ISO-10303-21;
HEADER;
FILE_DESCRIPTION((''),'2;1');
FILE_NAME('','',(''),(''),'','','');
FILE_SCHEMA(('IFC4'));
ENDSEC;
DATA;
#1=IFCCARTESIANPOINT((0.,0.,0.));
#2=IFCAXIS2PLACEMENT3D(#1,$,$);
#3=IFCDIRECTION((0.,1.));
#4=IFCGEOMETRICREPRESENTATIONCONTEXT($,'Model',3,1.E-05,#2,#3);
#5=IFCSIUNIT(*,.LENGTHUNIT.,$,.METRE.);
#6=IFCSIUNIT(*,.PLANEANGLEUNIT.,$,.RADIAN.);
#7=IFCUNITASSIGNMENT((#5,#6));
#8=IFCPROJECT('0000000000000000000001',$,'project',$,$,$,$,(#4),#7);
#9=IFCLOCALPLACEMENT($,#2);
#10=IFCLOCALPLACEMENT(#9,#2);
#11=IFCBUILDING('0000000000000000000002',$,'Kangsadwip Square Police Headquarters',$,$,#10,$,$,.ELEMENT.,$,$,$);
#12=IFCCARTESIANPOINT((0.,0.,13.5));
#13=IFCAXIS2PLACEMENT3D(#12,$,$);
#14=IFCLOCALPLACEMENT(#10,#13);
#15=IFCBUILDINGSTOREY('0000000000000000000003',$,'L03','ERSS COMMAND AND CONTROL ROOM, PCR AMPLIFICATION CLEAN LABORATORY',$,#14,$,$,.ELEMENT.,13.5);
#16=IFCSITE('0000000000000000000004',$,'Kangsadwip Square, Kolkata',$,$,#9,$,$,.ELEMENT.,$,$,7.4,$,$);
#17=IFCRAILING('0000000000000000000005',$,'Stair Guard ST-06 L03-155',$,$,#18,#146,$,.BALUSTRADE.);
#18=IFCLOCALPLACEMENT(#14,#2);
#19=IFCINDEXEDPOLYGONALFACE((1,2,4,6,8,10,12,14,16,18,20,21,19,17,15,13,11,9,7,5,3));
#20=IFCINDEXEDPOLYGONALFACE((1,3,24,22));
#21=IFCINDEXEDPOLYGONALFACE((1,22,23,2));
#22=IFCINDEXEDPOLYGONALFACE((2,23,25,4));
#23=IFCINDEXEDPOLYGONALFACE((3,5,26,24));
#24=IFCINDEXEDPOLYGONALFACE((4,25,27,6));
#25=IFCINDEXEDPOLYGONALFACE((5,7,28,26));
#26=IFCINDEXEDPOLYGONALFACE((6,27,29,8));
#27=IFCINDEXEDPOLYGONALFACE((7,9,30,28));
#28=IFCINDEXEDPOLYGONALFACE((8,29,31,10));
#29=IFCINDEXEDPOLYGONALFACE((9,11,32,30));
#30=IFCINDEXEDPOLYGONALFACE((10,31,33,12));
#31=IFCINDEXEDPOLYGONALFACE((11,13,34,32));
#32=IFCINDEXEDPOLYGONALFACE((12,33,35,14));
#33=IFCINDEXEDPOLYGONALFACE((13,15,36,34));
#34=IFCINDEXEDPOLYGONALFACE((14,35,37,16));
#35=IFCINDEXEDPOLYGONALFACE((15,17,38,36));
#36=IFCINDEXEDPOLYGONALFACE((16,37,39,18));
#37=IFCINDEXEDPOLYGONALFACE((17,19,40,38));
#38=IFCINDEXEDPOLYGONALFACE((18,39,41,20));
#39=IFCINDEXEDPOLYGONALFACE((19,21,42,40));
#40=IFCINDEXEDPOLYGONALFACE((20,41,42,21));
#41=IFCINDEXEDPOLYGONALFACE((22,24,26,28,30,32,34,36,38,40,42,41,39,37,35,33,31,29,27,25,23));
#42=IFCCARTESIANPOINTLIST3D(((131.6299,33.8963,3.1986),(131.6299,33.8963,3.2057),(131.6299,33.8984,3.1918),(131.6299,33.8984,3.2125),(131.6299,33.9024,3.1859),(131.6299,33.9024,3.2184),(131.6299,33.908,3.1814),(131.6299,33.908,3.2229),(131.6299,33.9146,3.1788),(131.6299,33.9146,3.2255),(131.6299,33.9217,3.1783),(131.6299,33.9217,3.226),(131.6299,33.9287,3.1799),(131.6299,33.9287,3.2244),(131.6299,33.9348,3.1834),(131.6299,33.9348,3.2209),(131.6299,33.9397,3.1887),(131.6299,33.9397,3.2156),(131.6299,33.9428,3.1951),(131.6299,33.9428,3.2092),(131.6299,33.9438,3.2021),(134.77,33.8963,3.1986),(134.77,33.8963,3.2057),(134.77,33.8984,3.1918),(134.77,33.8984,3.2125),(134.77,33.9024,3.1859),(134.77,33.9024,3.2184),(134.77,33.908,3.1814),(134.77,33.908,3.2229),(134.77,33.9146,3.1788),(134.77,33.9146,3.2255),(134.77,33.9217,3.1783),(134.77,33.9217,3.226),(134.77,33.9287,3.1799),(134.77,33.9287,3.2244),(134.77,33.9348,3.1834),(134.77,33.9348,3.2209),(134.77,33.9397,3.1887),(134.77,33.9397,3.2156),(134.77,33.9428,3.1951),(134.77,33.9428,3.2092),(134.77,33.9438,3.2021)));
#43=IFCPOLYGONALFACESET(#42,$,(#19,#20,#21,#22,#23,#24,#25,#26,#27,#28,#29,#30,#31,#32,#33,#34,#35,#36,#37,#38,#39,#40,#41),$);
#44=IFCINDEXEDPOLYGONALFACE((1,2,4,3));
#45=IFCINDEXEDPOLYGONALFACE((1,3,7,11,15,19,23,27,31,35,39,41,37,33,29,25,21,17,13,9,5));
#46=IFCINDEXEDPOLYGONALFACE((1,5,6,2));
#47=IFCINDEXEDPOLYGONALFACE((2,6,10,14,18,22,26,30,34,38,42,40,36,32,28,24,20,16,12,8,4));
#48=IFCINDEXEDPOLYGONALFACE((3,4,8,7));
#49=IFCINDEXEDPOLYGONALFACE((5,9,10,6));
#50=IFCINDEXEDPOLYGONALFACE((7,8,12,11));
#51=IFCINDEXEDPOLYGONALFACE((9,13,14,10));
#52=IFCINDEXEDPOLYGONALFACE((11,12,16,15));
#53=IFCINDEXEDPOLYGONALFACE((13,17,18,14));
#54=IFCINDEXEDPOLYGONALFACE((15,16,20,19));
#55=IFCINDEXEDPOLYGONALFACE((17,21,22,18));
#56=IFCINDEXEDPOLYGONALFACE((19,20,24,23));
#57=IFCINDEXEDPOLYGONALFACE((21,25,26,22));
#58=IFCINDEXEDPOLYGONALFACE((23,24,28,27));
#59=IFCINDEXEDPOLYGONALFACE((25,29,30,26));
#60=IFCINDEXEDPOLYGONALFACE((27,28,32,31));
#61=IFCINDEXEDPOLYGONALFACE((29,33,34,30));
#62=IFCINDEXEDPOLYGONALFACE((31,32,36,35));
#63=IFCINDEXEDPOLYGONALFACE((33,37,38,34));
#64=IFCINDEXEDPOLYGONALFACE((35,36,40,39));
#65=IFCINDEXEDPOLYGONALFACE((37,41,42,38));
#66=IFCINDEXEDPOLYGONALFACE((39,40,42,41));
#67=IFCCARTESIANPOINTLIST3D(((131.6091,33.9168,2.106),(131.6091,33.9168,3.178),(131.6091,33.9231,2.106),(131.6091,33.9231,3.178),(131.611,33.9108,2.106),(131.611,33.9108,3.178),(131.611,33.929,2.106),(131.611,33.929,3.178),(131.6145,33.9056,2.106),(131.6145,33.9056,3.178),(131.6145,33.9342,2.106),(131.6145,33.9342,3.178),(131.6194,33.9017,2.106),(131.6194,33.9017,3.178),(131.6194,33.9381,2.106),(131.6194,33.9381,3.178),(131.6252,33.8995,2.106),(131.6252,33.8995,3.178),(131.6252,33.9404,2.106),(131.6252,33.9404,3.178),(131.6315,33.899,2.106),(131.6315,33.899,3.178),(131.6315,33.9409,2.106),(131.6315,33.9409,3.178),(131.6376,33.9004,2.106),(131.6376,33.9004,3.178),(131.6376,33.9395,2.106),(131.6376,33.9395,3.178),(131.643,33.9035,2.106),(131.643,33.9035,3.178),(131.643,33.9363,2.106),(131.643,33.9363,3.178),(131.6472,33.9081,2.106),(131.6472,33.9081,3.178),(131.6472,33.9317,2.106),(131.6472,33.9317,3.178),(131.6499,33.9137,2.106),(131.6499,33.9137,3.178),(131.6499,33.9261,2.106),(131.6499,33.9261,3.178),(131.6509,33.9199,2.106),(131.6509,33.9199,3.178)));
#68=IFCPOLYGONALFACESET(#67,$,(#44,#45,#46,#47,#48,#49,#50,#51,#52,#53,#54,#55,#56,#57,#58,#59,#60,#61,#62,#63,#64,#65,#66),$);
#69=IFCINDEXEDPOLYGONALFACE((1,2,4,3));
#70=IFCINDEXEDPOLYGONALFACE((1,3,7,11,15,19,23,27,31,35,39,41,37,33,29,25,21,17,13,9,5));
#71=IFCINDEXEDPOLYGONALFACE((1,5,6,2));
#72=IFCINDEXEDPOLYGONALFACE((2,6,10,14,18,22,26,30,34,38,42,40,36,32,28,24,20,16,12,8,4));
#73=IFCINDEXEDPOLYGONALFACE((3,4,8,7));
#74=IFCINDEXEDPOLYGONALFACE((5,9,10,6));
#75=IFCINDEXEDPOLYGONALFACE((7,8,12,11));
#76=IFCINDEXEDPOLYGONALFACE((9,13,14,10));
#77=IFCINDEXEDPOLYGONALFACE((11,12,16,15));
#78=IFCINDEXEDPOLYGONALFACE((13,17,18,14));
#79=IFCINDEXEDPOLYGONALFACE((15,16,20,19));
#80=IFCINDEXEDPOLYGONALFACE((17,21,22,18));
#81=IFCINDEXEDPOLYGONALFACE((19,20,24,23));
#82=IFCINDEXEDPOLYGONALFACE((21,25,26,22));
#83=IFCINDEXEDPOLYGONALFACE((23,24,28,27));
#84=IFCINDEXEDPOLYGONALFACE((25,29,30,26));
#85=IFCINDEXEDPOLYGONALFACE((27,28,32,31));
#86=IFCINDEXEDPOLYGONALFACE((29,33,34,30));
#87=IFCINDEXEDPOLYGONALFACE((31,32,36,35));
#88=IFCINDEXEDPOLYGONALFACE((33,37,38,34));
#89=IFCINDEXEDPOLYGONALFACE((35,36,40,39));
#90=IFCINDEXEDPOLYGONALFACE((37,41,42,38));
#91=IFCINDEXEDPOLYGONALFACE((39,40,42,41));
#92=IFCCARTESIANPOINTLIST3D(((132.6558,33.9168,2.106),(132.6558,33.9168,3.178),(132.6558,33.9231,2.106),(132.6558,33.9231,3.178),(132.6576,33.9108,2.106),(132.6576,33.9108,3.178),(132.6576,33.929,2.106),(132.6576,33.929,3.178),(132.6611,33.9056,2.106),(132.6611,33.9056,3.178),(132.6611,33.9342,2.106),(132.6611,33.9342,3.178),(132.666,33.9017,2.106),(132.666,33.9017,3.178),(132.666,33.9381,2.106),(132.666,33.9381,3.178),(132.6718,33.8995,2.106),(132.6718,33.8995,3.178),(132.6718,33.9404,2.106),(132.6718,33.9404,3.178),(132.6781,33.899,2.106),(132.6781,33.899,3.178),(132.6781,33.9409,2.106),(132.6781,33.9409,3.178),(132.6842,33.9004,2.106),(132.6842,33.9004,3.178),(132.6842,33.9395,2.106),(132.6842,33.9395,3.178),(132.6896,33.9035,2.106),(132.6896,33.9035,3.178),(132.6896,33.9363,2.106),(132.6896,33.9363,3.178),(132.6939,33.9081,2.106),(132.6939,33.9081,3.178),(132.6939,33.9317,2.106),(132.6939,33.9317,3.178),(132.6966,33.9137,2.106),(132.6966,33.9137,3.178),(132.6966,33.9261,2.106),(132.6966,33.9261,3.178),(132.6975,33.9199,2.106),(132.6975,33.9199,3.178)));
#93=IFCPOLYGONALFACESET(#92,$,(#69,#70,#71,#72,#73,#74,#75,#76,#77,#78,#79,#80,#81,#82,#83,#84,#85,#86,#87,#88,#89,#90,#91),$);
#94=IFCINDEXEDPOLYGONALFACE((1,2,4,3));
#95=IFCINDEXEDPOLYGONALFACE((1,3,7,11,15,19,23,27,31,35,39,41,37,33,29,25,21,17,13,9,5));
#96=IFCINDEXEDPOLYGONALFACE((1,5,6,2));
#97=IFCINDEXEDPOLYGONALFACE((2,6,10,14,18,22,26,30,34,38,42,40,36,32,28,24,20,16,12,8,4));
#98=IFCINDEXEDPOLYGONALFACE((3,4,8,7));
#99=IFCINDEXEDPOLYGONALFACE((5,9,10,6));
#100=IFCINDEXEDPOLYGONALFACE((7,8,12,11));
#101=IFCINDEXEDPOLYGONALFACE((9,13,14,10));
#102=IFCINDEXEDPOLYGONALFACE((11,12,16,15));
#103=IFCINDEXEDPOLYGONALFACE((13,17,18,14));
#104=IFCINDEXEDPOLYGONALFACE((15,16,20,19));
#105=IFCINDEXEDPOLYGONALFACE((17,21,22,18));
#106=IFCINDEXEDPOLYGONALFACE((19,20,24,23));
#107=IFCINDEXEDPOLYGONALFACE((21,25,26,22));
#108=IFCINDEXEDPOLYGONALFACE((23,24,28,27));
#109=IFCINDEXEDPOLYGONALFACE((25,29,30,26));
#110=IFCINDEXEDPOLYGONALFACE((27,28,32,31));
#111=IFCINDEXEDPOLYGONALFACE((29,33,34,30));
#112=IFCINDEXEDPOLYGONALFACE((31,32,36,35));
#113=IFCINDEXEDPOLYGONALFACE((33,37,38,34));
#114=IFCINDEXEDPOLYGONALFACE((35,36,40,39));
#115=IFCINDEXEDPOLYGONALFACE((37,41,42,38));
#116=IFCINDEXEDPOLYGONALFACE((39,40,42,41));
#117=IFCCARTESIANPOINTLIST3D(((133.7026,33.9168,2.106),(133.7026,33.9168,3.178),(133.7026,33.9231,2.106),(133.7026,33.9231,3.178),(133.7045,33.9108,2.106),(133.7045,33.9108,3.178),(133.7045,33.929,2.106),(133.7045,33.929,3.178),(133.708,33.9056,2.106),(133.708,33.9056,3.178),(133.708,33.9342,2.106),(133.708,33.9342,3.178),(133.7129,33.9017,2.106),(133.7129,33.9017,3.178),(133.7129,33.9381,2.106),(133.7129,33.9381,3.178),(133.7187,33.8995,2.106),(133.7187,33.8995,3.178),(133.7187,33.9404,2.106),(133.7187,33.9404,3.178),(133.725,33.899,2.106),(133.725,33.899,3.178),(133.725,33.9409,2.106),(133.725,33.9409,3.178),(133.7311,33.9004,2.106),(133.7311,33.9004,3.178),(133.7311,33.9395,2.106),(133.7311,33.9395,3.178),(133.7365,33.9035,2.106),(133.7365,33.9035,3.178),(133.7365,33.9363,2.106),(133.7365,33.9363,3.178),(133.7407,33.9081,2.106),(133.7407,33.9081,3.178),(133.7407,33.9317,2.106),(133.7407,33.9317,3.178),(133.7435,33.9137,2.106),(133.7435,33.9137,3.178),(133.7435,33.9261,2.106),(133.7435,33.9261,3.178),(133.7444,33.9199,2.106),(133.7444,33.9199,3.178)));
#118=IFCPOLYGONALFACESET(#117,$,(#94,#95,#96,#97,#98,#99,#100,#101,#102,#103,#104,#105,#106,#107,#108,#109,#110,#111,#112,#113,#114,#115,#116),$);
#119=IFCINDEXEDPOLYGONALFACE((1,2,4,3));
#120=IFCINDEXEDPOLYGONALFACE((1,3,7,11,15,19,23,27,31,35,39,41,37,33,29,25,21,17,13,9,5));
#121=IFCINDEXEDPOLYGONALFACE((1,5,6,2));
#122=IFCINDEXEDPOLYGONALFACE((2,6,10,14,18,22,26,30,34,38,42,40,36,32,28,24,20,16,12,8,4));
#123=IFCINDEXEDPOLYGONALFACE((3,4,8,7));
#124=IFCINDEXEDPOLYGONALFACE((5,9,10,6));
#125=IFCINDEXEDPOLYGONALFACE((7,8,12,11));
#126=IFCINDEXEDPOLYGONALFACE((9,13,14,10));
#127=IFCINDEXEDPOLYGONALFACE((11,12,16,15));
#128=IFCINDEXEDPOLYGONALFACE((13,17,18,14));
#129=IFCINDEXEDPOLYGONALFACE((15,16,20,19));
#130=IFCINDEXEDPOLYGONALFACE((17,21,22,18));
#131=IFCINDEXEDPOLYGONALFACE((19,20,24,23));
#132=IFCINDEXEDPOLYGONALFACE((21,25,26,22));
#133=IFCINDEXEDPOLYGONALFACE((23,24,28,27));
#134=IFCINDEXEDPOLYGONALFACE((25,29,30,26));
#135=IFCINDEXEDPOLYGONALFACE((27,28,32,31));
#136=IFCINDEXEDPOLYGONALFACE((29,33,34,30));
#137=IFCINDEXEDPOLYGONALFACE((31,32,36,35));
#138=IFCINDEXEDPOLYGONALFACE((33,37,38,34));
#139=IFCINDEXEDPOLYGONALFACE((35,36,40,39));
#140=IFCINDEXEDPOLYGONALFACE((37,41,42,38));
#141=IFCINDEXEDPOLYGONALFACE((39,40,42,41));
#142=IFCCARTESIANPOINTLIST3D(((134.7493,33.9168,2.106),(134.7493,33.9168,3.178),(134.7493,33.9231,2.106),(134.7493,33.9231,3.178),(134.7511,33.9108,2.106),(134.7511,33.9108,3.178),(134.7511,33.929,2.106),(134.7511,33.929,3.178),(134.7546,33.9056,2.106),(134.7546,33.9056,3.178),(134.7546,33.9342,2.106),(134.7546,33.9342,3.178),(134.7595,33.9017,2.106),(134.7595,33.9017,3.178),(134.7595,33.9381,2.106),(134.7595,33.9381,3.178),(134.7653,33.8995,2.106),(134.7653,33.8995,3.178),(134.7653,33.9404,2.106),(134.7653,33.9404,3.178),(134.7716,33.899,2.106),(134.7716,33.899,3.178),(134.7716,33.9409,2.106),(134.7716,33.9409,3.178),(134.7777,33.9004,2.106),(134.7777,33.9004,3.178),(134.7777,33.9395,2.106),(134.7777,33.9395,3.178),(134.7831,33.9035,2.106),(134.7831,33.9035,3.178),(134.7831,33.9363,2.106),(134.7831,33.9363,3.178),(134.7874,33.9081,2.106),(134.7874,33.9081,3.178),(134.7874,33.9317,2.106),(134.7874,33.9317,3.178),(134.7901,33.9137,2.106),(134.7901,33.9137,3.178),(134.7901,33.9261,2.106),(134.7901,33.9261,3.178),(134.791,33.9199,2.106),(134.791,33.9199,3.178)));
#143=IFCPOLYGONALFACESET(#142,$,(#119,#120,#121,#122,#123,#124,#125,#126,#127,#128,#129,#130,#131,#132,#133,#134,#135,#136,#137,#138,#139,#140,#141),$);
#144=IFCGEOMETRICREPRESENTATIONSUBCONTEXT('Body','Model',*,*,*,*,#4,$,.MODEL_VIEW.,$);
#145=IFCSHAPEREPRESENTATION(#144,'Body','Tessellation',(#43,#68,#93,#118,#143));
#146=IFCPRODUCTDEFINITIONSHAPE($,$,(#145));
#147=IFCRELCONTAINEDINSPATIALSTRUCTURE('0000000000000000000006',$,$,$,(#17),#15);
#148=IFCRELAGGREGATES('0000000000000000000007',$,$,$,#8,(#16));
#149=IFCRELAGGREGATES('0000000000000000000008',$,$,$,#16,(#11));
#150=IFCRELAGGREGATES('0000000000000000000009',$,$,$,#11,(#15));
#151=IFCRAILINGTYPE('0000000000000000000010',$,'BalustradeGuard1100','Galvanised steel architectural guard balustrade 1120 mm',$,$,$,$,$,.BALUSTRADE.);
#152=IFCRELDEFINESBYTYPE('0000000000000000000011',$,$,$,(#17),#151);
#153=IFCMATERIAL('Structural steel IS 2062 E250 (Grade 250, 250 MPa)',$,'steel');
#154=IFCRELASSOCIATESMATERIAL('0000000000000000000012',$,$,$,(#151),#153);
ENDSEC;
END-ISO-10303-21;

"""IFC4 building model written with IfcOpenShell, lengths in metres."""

from ifc_helpers import new_model, si_unit, direction, frame, origin, origin_2d, place, context, subcontext, project, spatial, circle, extrude, material, type_object, element, save


model = new_model("IFC4")

# Units and contexts
model_context = context("Model", 3, precision=1e-05, world=origin(), true_north=direction((0.0, 1.0)))
body_context = subcontext(model_context, "Body", "Model", "MODEL_VIEW")
ifc_project = project(units=[si_unit("LENGTHUNIT", "METRE"), si_unit("PLANEANGLEUNIT", "RADIAN")], contexts=[model_context])

# Site, building, storey
site_placement = place(None, origin())
site = spatial("IfcSite", under=ifc_project, at=site_placement, Name="Kangsadwip Square, Kolkata", CompositionType="ELEMENT", RefElevation=7.4)
building_placement = place(site_placement, origin())
building = spatial("IfcBuilding", under=site, at=building_placement, Name="Kangsadwip Square Police Headquarters", CompositionType="ELEMENT")
storey_placement = place(building_placement, frame((0.0, 0.0, 13.5)))
storey = spatial("IfcBuildingStorey", under=building, at=storey_placement, Name="L03", Description="ERSS COMMAND AND CONTROL ROOM, PCR AMPLIFICATION CLEAN LABORATORY", CompositionType="ELEMENT", Elevation=13.5)

# Railing
ifc_material_1 = material(Name="Structural steel IS 2062 E250 (Grade 250, 250 MPa)", Category="steel")
railing_type_1 = type_object("IfcRailingType", Name="BalustradeGuard1100", Description="Galvanised steel architectural guard balustrade 1120 mm", PredefinedType="BALUSTRADE", material=ifc_material_1)
for number, where, name in (
    (1, (131.6299, 33.9199, 2.106), "Stair Guard ST-06 L03-155"),
):
    element("IfcRailing", number, at=place(storey_placement, frame(where)), inside=storey, type_object=railing_type_1, Name=name, PredefinedType="BALUSTRADE", context=body_context, shape_type="SweptSolid", body=[
        extrude(circle(Radius=0.0239, at=origin_2d()), frame((0.0, 0.0, 1.0962), z_axis=(1.0, 0.0, 0.0), x_axis=(0.0, 1.0, 0.0)), (0.0, 0.0, 1.0), 3.1401),
        extrude(circle(Radius=0.021, at=origin_2d()), origin(), (0.0, 0.0, 1.0), 1.072),
        extrude(circle(Radius=0.021, at=origin_2d()), frame((1.0466, 0.0, 0.0)), (0.0, 0.0, 1.0), 1.072),
        extrude(circle(Radius=0.021, at=origin_2d()), frame((2.0935, 0.0, 0.0)), (0.0, 0.0, 1.0), 1.072),
        extrude(circle(Radius=0.021, at=origin_2d()), frame((3.1401, 0.0, 0.0)), (0.0, 0.0, 1.0), 1.072),
    ])

save(model, "model.ifc")
